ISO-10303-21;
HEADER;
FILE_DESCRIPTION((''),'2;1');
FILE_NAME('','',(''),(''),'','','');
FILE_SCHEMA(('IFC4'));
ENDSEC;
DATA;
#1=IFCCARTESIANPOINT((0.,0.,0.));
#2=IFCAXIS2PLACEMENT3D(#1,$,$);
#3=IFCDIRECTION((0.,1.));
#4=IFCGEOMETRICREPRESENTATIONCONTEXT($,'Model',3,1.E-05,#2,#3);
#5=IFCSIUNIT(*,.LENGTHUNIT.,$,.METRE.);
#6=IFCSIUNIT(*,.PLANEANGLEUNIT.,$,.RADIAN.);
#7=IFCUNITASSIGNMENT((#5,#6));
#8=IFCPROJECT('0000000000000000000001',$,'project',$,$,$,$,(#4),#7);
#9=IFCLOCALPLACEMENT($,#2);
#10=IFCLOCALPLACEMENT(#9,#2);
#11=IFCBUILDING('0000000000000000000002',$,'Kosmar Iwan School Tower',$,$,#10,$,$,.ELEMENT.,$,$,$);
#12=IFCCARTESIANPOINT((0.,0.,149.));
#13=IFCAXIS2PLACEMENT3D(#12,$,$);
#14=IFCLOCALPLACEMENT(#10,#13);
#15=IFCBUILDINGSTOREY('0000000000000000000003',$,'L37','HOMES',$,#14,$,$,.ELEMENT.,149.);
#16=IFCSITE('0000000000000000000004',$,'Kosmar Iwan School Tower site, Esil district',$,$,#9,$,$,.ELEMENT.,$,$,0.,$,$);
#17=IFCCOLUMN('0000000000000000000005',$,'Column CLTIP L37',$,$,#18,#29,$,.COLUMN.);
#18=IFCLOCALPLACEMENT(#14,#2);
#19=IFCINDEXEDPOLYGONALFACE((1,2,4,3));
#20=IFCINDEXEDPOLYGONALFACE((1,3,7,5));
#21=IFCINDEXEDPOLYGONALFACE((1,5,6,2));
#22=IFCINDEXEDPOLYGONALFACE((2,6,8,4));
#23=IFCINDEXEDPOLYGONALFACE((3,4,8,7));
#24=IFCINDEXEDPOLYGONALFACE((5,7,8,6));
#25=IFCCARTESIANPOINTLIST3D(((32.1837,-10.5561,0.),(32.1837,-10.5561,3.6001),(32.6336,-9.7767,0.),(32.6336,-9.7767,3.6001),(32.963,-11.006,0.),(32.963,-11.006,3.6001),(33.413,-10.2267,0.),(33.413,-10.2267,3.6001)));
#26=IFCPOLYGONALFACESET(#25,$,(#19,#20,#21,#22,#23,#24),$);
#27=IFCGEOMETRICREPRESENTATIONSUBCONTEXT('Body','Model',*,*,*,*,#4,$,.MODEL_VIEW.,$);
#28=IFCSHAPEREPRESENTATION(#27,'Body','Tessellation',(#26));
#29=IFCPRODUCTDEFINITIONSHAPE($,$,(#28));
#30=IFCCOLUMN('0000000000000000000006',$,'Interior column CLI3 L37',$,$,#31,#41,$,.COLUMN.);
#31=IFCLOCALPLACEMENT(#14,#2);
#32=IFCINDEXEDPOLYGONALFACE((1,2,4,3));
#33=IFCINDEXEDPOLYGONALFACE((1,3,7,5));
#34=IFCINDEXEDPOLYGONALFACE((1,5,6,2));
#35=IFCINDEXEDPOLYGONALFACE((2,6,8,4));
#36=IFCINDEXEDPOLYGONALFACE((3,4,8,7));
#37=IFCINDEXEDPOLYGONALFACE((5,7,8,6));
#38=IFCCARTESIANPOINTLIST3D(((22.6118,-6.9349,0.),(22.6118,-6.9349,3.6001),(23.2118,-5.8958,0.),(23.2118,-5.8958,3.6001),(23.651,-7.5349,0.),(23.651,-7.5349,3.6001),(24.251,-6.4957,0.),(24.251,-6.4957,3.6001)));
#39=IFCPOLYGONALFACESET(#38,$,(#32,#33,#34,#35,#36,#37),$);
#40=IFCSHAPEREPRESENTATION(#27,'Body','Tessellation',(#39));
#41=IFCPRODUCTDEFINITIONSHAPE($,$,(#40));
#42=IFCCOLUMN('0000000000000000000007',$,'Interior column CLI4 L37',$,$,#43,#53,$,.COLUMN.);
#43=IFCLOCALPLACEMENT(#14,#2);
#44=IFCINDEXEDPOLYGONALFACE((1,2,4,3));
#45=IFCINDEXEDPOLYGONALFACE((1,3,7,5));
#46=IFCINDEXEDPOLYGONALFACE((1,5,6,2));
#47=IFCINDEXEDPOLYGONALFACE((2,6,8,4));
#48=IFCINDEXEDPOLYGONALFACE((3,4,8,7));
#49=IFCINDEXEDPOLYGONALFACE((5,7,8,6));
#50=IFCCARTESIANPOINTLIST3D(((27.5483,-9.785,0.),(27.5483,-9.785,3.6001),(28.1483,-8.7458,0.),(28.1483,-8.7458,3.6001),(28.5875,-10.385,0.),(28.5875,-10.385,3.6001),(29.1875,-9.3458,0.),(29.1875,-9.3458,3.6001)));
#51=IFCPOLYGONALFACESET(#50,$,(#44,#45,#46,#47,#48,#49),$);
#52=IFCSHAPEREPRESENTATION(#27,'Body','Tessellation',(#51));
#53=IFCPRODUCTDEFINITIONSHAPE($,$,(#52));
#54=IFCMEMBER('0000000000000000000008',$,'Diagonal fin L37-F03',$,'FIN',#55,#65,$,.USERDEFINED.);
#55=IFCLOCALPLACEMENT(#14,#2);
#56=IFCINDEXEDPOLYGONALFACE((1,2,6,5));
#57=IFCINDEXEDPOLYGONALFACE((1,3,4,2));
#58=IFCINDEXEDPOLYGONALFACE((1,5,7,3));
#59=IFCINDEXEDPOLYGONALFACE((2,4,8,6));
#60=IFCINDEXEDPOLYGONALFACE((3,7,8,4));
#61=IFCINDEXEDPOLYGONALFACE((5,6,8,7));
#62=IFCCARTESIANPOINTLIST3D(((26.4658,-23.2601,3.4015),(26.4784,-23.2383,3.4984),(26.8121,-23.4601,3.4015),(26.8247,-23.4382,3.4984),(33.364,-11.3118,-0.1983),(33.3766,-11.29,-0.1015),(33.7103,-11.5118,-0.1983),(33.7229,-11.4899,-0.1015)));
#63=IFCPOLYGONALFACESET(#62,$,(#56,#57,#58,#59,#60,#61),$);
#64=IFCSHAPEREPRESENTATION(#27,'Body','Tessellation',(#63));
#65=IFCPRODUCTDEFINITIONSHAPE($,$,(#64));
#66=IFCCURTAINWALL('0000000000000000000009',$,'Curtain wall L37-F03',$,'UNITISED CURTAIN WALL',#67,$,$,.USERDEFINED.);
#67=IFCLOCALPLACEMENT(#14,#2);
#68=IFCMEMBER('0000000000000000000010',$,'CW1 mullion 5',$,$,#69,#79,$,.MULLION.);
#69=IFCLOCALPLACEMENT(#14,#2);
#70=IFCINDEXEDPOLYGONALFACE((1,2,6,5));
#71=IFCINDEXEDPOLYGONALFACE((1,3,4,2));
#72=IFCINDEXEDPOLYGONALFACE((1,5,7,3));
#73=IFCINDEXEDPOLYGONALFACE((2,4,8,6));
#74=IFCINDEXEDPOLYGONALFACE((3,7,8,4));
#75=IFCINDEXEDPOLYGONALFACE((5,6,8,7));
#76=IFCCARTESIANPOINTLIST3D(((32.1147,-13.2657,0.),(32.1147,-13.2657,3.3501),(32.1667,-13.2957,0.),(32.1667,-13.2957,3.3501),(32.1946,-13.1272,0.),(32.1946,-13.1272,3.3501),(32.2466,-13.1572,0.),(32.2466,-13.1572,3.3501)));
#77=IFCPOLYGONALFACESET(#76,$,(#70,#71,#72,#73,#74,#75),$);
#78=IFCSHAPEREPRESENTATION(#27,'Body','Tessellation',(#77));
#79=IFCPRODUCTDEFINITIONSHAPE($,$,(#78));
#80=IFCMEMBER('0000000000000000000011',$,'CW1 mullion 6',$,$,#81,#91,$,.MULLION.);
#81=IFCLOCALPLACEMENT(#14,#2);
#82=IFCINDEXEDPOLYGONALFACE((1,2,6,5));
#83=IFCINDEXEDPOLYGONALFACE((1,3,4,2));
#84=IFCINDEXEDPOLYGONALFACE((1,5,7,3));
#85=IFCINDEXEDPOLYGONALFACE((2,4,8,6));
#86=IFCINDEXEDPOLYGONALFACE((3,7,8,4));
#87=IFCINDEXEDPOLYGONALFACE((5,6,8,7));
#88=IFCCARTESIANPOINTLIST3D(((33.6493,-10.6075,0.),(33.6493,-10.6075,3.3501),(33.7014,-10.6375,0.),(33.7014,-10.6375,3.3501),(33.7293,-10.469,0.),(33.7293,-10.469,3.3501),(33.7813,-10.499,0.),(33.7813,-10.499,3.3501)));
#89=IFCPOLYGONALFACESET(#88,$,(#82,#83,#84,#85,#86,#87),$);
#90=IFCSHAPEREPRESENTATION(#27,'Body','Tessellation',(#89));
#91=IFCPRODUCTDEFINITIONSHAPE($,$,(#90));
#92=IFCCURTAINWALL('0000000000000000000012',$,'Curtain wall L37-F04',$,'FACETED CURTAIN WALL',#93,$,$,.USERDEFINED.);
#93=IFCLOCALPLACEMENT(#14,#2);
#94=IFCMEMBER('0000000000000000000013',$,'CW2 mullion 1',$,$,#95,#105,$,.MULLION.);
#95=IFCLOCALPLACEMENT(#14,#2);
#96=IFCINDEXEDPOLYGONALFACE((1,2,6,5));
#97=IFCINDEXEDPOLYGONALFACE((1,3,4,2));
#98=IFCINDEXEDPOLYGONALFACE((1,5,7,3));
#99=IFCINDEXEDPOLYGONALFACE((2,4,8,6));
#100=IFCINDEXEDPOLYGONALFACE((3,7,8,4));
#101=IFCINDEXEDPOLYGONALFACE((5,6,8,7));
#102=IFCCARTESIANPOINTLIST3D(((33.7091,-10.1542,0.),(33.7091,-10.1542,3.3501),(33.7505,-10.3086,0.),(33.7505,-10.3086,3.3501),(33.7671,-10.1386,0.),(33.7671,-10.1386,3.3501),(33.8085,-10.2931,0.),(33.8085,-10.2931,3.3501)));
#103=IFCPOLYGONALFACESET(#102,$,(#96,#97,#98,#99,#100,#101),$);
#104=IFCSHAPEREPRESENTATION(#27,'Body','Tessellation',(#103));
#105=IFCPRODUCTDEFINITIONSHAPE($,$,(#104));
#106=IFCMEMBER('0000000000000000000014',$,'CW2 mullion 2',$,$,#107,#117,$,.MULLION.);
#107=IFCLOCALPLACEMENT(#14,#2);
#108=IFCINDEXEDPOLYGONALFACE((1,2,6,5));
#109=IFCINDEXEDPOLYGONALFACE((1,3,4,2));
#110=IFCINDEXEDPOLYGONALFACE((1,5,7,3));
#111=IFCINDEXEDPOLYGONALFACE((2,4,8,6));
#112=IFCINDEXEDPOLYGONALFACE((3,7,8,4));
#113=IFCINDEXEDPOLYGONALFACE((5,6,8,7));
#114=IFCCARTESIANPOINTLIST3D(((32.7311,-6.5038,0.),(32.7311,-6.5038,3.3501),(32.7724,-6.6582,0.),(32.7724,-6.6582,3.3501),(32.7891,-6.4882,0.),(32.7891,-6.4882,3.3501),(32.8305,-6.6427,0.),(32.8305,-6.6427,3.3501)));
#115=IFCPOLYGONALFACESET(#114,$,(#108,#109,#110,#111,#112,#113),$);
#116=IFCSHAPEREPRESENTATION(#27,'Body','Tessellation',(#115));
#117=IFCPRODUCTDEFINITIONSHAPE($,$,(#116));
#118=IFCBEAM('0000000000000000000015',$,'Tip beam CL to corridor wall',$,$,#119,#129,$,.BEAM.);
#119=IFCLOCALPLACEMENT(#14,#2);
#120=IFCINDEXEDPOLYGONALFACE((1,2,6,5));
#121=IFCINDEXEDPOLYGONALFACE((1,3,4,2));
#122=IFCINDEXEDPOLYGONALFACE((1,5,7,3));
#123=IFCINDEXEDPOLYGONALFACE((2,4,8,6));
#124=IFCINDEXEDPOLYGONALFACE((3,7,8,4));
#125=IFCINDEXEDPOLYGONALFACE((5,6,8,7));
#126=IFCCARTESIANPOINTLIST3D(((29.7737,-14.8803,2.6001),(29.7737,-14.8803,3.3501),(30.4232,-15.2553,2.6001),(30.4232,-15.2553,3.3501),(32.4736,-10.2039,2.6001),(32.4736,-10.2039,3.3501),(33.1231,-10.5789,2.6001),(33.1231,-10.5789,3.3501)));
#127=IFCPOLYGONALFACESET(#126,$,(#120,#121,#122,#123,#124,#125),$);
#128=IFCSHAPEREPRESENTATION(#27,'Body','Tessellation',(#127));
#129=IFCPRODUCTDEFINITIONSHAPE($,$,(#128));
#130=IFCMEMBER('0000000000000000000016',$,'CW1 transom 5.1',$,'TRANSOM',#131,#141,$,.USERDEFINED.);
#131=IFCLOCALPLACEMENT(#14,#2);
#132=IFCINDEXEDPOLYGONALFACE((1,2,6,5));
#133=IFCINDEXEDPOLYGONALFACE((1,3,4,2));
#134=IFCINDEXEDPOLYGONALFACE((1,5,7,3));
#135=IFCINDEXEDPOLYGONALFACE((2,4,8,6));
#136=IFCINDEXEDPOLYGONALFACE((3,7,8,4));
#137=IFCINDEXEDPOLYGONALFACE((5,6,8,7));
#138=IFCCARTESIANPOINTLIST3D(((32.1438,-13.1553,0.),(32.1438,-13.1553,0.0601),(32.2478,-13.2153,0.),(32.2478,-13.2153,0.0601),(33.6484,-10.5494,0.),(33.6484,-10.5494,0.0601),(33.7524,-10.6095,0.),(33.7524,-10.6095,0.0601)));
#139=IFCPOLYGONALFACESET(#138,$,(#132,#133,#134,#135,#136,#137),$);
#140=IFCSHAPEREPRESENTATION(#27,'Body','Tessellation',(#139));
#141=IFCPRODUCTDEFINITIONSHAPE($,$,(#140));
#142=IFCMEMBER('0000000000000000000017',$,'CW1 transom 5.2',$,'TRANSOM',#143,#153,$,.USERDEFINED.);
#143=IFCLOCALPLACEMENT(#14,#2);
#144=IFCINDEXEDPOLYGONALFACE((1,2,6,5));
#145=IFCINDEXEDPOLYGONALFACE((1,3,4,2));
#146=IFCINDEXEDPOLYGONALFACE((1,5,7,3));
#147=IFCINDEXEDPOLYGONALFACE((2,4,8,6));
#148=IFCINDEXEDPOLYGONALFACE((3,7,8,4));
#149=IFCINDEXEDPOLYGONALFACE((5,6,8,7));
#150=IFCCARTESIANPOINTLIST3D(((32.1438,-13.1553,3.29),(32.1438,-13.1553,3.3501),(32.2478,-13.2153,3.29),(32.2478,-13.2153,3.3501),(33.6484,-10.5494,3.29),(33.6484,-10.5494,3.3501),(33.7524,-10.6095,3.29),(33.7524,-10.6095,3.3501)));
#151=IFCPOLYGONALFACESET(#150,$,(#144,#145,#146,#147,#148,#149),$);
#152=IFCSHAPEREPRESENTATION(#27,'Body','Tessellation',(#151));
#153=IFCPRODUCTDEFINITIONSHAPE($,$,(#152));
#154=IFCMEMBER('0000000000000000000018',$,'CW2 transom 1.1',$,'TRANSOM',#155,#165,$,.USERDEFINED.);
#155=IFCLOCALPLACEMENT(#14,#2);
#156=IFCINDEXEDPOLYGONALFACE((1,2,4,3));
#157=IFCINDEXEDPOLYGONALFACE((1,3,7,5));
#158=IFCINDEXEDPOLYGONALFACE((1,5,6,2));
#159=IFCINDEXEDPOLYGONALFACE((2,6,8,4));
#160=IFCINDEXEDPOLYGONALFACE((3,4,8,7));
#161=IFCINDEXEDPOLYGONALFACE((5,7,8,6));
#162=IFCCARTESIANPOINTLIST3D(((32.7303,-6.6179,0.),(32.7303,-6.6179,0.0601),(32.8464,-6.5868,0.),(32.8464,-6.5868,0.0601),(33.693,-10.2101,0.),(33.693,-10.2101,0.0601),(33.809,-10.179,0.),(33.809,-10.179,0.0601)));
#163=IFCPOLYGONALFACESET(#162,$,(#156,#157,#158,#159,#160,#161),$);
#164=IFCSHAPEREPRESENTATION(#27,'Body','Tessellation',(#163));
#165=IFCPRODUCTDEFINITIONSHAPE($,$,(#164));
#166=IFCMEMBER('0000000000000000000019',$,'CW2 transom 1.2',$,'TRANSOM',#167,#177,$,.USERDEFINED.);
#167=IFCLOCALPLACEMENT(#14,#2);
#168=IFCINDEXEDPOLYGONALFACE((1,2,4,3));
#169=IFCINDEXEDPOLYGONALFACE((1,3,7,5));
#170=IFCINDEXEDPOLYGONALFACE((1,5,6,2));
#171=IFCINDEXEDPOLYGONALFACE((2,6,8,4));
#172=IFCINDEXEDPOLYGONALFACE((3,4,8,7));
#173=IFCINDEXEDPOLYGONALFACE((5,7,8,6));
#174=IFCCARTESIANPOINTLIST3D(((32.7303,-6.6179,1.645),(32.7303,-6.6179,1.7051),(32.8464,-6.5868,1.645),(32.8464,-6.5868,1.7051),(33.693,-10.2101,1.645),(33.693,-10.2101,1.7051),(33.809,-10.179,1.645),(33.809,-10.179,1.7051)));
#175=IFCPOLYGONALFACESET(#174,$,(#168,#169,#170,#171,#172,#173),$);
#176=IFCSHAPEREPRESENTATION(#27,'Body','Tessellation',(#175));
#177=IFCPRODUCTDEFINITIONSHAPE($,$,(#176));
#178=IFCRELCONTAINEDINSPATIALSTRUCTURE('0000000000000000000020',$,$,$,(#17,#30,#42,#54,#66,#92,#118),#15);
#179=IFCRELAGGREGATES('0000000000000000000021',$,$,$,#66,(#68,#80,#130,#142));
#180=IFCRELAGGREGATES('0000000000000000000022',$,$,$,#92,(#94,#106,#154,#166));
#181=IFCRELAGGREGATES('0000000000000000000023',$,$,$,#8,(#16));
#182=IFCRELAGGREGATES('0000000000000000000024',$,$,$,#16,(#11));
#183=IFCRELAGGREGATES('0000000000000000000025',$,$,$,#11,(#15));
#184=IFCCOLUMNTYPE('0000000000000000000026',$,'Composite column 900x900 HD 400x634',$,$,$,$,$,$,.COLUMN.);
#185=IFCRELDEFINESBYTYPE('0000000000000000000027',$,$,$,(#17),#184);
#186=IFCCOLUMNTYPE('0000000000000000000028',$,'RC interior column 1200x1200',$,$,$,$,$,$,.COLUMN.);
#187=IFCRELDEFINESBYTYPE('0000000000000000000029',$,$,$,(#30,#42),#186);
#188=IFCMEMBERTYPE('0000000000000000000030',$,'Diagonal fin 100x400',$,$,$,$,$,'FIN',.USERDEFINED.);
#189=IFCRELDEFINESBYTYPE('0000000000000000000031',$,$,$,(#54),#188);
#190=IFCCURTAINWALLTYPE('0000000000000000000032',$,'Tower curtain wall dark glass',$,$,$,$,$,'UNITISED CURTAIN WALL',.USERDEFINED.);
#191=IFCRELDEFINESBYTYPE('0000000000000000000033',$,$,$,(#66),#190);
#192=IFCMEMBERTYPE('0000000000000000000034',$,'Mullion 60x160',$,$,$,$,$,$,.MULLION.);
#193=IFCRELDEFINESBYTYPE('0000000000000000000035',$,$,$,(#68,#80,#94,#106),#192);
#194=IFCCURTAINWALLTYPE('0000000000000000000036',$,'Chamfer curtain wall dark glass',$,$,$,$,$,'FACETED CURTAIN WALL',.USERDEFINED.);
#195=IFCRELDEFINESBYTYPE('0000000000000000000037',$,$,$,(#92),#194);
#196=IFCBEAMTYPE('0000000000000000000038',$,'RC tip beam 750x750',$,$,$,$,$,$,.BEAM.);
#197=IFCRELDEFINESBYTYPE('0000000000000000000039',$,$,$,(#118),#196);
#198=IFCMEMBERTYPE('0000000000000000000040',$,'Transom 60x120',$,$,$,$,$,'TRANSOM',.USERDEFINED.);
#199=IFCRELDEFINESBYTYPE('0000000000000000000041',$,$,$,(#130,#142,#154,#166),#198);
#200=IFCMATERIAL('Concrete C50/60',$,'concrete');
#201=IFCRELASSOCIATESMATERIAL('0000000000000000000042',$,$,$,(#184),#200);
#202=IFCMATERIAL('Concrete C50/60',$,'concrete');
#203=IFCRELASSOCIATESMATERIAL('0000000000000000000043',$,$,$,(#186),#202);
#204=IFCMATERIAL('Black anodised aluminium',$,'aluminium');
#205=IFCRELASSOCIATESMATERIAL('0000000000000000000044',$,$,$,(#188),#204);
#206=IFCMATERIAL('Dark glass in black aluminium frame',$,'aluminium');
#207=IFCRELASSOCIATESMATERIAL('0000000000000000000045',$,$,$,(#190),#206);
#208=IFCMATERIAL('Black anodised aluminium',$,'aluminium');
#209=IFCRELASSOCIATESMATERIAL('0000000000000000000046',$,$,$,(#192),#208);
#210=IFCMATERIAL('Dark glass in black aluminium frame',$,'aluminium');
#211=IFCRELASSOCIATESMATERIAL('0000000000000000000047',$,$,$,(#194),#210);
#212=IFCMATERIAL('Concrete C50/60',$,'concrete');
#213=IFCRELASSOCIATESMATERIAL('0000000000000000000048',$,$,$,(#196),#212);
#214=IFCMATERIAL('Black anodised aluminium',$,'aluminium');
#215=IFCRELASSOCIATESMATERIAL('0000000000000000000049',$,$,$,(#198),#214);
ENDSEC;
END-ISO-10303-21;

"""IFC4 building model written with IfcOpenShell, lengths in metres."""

from ifc_helpers import new_model, si_unit, direction, frame, origin, origin_2d, place, context, subcontext, project, spatial, rectangle, extrude, material, material_profile, profile_set, type_object, element, aggregate, save


model = new_model("IFC4")

# Units and contexts
model_context = context("Model", 3, precision=1e-05, world=origin(), true_north=direction((0.0, 1.0)))
body_context = subcontext(model_context, "Body", "Model", "MODEL_VIEW")
ifc_project = project(units=[si_unit("LENGTHUNIT", "METRE"), si_unit("PLANEANGLEUNIT", "RADIAN")], contexts=[model_context])

# Site, building, storey
site_placement = place(None, origin())
site = spatial("IfcSite", under=ifc_project, at=site_placement, Name="Kosmar Iwan School Tower site, Esil district", CompositionType="ELEMENT", RefElevation=0.0)
building_placement = place(site_placement, origin())
building = spatial("IfcBuilding", under=site, at=building_placement, Name="Kosmar Iwan School Tower", CompositionType="ELEMENT")
storey_placement = place(building_placement, frame((0.0, 0.0, 149.0)))
storey = spatial("IfcBuildingStorey", under=building, at=storey_placement, Name="L37", Description="HOMES", CompositionType="ELEMENT", Elevation=149.0)

# Columns
ifc_material_1 = material(Name="Concrete C50/60", Category="concrete")
ifc_material_profile_1 = material_profile(ifc_material_1, rectangle(XDim=0.8999, YDim=0.8999, at=origin_2d()), Name="RC 900x900 + HD 400x634")
ifc_profile_set_1 = profile_set([ifc_material_profile_1], Name="Concrete C50/60")
column_type_1 = type_object("IfcColumnType", Name="Composite column 900x900 HD 400x634", PredefinedType="COLUMN", material=ifc_profile_set_1)
column_placement = place(storey_placement, frame((32.7983, -10.3914, 0.0), z_axis=(0.0, 0.0, 1.0), x_axis=(0.866025, -0.5, 0.0)))
element("IfcColumn", 1, at=column_placement, inside=storey, type_object=column_type_1, Name="Column CLTIP L37", PredefinedType="COLUMN", context=body_context, shape_type="SweptSolid", body=[
    extrude(rectangle(XDim=0.8999, YDim=0.8999, at=origin_2d()), origin(), (0.0, 0.0, 1.0), 3.6001),
])
ifc_material_2 = material(Name="Concrete C50/60", Category="concrete")
ifc_material_profile_2 = material_profile(ifc_material_2, rectangle(XDim=1.2, YDim=1.2, at=origin_2d()), Name="RC 1200x1200")
ifc_profile_set_2 = profile_set([ifc_material_profile_2], Name="Concrete C50/60")
column_type_2 = type_object("IfcColumnType", Name="RC interior column 1200x1200", PredefinedType="COLUMN", material=ifc_profile_set_2)
for number, where, z_axis, x_axis, name in (
    (2, (23.4314, -6.7153, 0.0), (0.0, 0.0, 1.0), (0.866025, -0.5, 0.0), "Interior column CLI3 L37"),
    (3, (28.3679, -9.5654, 0.0), (0.0, 0.0, 1.0), (0.866025, -0.5, 0.0), "Interior column CLI4 L37"),
):
    element("IfcColumn", number, at=place(storey_placement, frame(where, z_axis=z_axis, x_axis=x_axis)), inside=storey, type_object=column_type_2, Name=name, PredefinedType="COLUMN", context=body_context, shape_type="SweptSolid", body=[
        extrude(rectangle(XDim=1.2, YDim=1.2, at=origin_2d()), origin(), (0.0, 0.0, 1.0), 3.6001),
    ])

# Member
ifc_material_3 = material(Name="Black anodised aluminium", Category="aluminium")
ifc_material_profile_3 = material_profile(ifc_material_3, rectangle(XDim=0.1001, YDim=0.3999, at=origin_2d()), Name="FIN 100x400")
ifc_profile_set_3 = profile_set([ifc_material_profile_3], Name="Black anodised aluminium")
member_type_1 = type_object("IfcMemberType", Name="Diagonal fin 100x400", ElementType="FIN", PredefinedType="USERDEFINED", material=ifc_profile_set_3)
member_1_placement = place(storey_placement, frame((33.5435, -11.4009, -0.1499), z_axis=(-0.483796, -0.837974, 0.252471), x_axis=(0.126234, 0.218647, 0.967604)))
element("IfcMember", 4, at=member_1_placement, inside=storey, type_object=member_type_1, Name="Diagonal fin L37-F03", ObjectType="FIN", PredefinedType="USERDEFINED", context=body_context, shape_type="SweptSolid", body=[
    extrude(rectangle(XDim=0.1001, YDim=0.3999, at=origin_2d()), origin(), (0.0, 0.0, 1.0), 14.2585),
])

# Curtain walls, members
ifc_material_4 = material(Name="Dark glass in black aluminium frame", Category="aluminium")
curtain_wall_type_1 = type_object("IfcCurtainWallType", Name="Tower curtain wall dark glass", ElementType="UNITISED CURTAIN WALL", PredefinedType="USERDEFINED", material=ifc_material_4)
curtain_wall_1_placement = place(storey_placement, origin())
curtain_wall_1 = element("IfcCurtainWall", 5, at=curtain_wall_1_placement, inside=storey, type_object=curtain_wall_type_1, Name="Curtain wall L37-F03", ObjectType="UNITISED CURTAIN WALL", PredefinedType="USERDEFINED")
ifc_material_5 = material(Name="Black anodised aluminium", Category="aluminium")
ifc_material_profile_4 = material_profile(ifc_material_5, rectangle(XDim=0.0601, YDim=0.1599, at=origin_2d()), Name="MULLION 60x160")
ifc_profile_set_4 = profile_set([ifc_material_profile_4], Name="Black anodised aluminium")
member_type_2 = type_object("IfcMemberType", Name="Mullion 60x160", PredefinedType="MULLION", material=ifc_profile_set_4)
member_2_placement = place(storey_placement, frame((32.1807, -13.2114, 0.0), z_axis=(0.0, 0.0, 1.0), x_axis=(-0.866025, 0.5, 0.0)))
member_2 = element("IfcMember", 6, at=member_2_placement, type_object=member_type_2, Name="CW1 mullion 5", PredefinedType="MULLION", context=body_context, shape_type="SweptSolid", body=[
    extrude(rectangle(XDim=0.0601, YDim=0.1599, at=origin_2d()), origin(), (0.0, 0.0, 1.0), 3.3501),
])
member_3_placement = place(storey_placement, frame((33.7153, -10.5532, 0.0), z_axis=(0.0, 0.0, 1.0), x_axis=(-0.866025, 0.5, 0.0)))
member_3 = element("IfcMember", 7, at=member_3_placement, type_object=member_type_2, Name="CW1 mullion 6", PredefinedType="MULLION", context=body_context, shape_type="SweptSolid", body=[
    extrude(rectangle(XDim=0.0601, YDim=0.1599, at=origin_2d()), origin(), (0.0, 0.0, 1.0), 3.3501),
])
ifc_material_6 = material(Name="Dark glass in black aluminium frame", Category="aluminium")
curtain_wall_type_2 = type_object("IfcCurtainWallType", Name="Chamfer curtain wall dark glass", ElementType="FACETED CURTAIN WALL", PredefinedType="USERDEFINED", material=ifc_material_6)
curtain_wall_2_placement = place(storey_placement, origin())
curtain_wall_2 = element("IfcCurtainWall", 8, at=curtain_wall_2_placement, inside=storey, type_object=curtain_wall_type_2, Name="Curtain wall L37-F04", ObjectType="FACETED CURTAIN WALL", PredefinedType="USERDEFINED")
member_4_placement = place(storey_placement, frame((33.7588, -10.2236, 0.0), z_axis=(0.0, 0.0, 1.0), x_axis=(-0.965926, -0.258819, 0.0)))
member_4 = element("IfcMember", 9, at=member_4_placement, type_object=member_type_2, Name="CW2 mullion 1", PredefinedType="MULLION", context=body_context, shape_type="SweptSolid", body=[
    extrude(rectangle(XDim=0.0601, YDim=0.1599, at=origin_2d()), origin(), (0.0, 0.0, 1.0), 3.3501),
])
member_5_placement = place(storey_placement, frame((32.7808, -6.5732, 0.0), z_axis=(0.0, 0.0, 1.0), x_axis=(-0.965926, -0.258819, 0.0)))
member_5 = element("IfcMember", 10, at=member_5_placement, type_object=member_type_2, Name="CW2 mullion 2", PredefinedType="MULLION", context=body_context, shape_type="SweptSolid", body=[
    extrude(rectangle(XDim=0.0601, YDim=0.1599, at=origin_2d()), origin(), (0.0, 0.0, 1.0), 3.3501),
])

# Beam
ifc_material_7 = material(Name="Concrete C50/60", Category="concrete")
ifc_material_profile_5 = material_profile(ifc_material_7, rectangle(XDim=0.75, YDim=0.75, at=origin_2d()), Name="RC 750x750")
ifc_profile_set_5 = profile_set([ifc_material_profile_5], Name="Concrete C50/60")
beam_type = type_object("IfcBeamType", Name="RC tip beam 750x750", PredefinedType="BEAM", material=ifc_profile_set_5)
beam_placement = place(storey_placement, frame((32.7983, -10.3914, 2.9751), z_axis=(-0.499995, -0.866028, 0.0), x_axis=(0.866028, -0.499995, 0.0)))
element("IfcBeam", 11, at=beam_placement, inside=storey, type_object=beam_type, Name="Tip beam CL to corridor wall", PredefinedType="BEAM", context=body_context, shape_type="SweptSolid", body=[
    extrude(rectangle(XDim=0.75, YDim=0.75, at=origin_2d()), origin(), (0.0, 0.0, 1.0), 5.3999),
])

# Members
ifc_material_8 = material(Name="Black anodised aluminium", Category="aluminium")
ifc_material_profile_6 = material_profile(ifc_material_8, rectangle(XDim=0.1201, YDim=0.0601, at=origin_2d()), Name="TRANSOM 60x120")
ifc_profile_set_6 = profile_set([ifc_material_profile_6], Name="Black anodised aluminium")
member_type_3 = type_object("IfcMemberType", Name="Transom 60x120", ElementType="TRANSOM", PredefinedType="USERDEFINED", material=ifc_profile_set_6)
member_6_placement = place(storey_placement, frame((32.1958, -13.1853, 0.03), z_axis=(0.500022, 0.866013, 0.0), x_axis=(-0.866013, 0.500022, 0.0)))
member_6 = element("IfcMember", 12, at=member_6_placement, type_object=member_type_3, Name="CW1 transom 5.1", ObjectType="TRANSOM", PredefinedType="USERDEFINED", context=body_context, shape_type="SweptSolid", body=[
    extrude(rectangle(XDim=0.1201, YDim=0.0601, at=origin_2d()), origin(), (0.0, 0.0, 1.0), 3.009),
])
member_7_placement = place(storey_placement, frame((32.1958, -13.1853, 3.3201), z_axis=(0.500022, 0.866013, 0.0), x_axis=(-0.866013, 0.500022, 0.0)))
member_7 = element("IfcMember", 13, at=member_7_placement, type_object=member_type_3, Name="CW1 transom 5.2", ObjectType="TRANSOM", PredefinedType="USERDEFINED", context=body_context, shape_type="SweptSolid", body=[
    extrude(rectangle(XDim=0.1201, YDim=0.0601, at=origin_2d()), origin(), (0.0, 0.0, 1.0), 3.009),
])
member_8_placement = place(storey_placement, frame((33.751, -10.1946, 0.03), z_axis=(-0.258843, 0.965919, 0.0), x_axis=(-0.965919, -0.258843, 0.0)))
member_8 = element("IfcMember", 14, at=member_8_placement, type_object=member_type_3, Name="CW2 transom 1.1", ObjectType="TRANSOM", PredefinedType="USERDEFINED", context=body_context, shape_type="SweptSolid", body=[
    extrude(rectangle(XDim=0.1201, YDim=0.0601, at=origin_2d()), origin(), (0.0, 0.0, 1.0), 3.719),
])
member_9_placement = place(storey_placement, frame((33.751, -10.1946, 1.675), z_axis=(-0.258843, 0.965919, 0.0), x_axis=(-0.965919, -0.258843, 0.0)))
member_9 = element("IfcMember", 15, at=member_9_placement, type_object=member_type_3, Name="CW2 transom 1.2", ObjectType="TRANSOM", PredefinedType="USERDEFINED", context=body_context, shape_type="SweptSolid", body=[
    extrude(rectangle(XDim=0.1201, YDim=0.0601, at=origin_2d()), origin(), (0.0, 0.0, 1.0), 3.719),
])

aggregate(curtain_wall_1, [member_2, member_3, member_6, member_7])
aggregate(curtain_wall_2, [member_4, member_5, member_8, member_9])

save(model, "model.ifc")
